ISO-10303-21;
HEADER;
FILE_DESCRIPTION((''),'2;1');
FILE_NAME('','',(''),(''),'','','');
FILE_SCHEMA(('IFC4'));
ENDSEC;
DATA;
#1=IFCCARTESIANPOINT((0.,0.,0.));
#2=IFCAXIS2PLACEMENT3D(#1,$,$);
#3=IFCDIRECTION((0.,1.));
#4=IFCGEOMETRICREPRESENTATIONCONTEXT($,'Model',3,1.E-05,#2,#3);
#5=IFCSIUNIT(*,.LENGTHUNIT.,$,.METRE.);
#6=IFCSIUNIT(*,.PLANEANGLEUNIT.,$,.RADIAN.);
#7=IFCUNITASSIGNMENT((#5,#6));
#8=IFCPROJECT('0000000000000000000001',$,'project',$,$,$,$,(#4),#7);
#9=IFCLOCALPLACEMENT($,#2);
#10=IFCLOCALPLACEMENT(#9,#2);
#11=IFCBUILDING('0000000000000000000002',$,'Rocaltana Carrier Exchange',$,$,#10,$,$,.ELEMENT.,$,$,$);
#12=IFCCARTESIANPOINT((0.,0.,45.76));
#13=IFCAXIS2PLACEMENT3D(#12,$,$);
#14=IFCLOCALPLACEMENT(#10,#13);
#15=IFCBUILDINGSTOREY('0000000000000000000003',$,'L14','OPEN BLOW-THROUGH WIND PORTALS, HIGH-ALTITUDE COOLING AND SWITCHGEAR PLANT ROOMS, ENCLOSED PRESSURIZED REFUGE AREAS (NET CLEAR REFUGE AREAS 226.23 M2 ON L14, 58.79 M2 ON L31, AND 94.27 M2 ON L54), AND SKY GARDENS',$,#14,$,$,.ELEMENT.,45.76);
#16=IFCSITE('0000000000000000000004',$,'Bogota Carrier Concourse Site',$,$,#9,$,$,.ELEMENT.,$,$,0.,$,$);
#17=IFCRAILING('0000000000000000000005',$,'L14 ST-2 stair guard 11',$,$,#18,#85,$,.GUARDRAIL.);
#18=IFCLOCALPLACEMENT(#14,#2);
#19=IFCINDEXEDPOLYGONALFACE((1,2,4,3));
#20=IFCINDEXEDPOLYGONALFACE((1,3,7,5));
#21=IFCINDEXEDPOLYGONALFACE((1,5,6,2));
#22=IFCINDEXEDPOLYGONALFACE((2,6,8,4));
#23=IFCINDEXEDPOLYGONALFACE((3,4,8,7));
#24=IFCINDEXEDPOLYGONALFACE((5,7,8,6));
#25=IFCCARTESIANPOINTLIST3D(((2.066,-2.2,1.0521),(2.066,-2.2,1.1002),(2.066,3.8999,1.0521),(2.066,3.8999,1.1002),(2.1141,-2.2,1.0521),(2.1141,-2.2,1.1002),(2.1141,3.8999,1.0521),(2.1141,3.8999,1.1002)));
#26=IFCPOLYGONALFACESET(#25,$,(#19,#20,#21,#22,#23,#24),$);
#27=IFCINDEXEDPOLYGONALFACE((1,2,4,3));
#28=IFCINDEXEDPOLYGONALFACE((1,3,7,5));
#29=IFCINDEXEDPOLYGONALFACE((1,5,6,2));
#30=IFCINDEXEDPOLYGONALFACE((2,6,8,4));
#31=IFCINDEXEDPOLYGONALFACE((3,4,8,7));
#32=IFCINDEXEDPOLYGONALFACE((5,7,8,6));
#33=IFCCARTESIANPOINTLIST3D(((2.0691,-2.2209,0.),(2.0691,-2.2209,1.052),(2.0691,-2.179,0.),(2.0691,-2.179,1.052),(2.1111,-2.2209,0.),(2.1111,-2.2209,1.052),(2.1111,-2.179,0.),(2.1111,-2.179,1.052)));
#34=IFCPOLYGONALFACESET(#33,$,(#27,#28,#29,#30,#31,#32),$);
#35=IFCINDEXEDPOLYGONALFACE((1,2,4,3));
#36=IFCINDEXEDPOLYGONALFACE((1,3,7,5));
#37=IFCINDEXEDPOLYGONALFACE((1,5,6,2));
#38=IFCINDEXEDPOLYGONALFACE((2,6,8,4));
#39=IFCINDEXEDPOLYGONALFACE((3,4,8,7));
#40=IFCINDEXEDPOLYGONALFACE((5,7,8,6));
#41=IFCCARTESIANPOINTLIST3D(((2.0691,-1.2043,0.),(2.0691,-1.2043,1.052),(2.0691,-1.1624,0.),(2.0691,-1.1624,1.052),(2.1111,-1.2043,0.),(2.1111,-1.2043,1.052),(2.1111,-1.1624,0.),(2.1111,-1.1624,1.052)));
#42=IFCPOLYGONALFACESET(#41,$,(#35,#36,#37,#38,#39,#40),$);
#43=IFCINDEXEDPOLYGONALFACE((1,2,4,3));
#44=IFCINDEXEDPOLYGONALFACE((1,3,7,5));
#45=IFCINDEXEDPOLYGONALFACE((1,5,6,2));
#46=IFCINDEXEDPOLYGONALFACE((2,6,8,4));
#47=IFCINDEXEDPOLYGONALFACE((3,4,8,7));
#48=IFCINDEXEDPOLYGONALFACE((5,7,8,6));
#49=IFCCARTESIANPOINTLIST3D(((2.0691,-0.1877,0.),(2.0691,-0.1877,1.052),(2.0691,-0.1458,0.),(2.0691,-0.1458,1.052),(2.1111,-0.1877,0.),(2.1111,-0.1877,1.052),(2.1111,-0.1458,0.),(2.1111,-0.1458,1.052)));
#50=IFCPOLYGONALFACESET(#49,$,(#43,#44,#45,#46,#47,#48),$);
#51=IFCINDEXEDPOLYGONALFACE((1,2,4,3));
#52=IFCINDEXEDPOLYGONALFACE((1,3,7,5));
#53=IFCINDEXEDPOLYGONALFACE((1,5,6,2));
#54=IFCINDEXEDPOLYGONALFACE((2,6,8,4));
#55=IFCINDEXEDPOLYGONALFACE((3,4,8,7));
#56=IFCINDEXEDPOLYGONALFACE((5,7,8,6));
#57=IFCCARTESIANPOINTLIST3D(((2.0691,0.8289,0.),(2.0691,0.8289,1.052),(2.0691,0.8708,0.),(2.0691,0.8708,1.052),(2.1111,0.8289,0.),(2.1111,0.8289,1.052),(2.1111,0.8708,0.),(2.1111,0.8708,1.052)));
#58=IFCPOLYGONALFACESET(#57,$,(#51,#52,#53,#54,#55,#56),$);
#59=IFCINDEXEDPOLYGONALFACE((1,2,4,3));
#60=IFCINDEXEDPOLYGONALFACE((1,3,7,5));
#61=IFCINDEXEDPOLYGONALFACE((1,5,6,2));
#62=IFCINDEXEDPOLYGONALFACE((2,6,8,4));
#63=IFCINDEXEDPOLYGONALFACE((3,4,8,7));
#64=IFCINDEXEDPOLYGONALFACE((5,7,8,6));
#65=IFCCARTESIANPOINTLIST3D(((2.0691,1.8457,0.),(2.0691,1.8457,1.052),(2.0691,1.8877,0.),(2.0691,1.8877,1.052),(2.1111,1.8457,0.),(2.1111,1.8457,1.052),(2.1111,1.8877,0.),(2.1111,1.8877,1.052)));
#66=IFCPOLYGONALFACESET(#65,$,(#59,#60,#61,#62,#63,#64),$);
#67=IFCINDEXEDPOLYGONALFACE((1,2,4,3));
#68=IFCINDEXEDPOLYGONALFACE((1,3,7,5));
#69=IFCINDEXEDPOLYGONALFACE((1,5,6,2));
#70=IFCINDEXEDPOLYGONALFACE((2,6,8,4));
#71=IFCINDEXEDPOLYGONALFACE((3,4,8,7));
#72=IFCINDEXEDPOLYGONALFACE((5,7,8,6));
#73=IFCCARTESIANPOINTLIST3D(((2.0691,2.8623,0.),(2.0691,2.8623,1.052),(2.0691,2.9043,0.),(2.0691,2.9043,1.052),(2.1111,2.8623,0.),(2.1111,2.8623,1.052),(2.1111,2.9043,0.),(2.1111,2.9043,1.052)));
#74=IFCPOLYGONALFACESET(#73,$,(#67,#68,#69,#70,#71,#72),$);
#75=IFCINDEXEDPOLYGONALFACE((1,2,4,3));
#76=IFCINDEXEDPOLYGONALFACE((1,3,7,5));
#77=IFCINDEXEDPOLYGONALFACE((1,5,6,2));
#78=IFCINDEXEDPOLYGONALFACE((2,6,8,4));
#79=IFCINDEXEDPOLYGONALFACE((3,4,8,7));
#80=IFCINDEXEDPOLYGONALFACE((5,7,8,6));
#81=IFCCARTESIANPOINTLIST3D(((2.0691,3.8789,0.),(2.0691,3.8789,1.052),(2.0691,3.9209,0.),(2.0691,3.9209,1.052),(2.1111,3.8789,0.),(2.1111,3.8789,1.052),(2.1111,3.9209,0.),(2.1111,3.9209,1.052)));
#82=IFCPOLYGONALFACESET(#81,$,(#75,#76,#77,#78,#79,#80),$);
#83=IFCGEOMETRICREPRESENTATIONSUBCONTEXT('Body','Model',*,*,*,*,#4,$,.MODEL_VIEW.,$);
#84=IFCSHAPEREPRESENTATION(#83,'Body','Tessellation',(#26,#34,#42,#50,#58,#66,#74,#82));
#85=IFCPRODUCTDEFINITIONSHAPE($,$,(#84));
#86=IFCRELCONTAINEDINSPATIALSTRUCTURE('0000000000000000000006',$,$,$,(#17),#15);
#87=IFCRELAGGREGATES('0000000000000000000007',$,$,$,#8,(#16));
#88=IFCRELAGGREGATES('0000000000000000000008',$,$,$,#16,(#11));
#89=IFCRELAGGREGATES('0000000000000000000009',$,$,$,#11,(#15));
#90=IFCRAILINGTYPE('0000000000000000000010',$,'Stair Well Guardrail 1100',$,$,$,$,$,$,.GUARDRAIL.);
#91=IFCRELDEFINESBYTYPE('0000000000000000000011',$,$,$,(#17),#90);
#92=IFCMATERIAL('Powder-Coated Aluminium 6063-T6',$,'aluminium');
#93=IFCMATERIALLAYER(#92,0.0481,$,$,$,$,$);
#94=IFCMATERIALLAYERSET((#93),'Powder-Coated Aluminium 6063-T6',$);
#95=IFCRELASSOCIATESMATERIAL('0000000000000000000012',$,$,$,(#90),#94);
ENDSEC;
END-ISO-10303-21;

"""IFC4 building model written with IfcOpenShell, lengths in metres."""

from ifc_helpers import new_model, si_unit, direction, frame, origin, origin_2d, place, context, subcontext, project, spatial, rectangle, extrude, material, layer, layer_set, type_object, element, save


model = new_model("IFC4")

# Units and contexts
model_context = context("Model", 3, precision=1e-05, world=origin(), true_north=direction((0.0, 1.0)))
body_context = subcontext(model_context, "Body", "Model", "MODEL_VIEW")
ifc_project = project(units=[si_unit("LENGTHUNIT", "METRE"), si_unit("PLANEANGLEUNIT", "RADIAN")], contexts=[model_context])

# Site, building, storey
site_placement = place(None, origin())
site = spatial("IfcSite", under=ifc_project, at=site_placement, Name="Bogota Carrier Concourse Site", CompositionType="ELEMENT", RefElevation=0.0)
building_placement = place(site_placement, origin())
building = spatial("IfcBuilding", under=site, at=building_placement, Name="Rocaltana Carrier Exchange", CompositionType="ELEMENT")
storey_placement = place(building_placement, frame((0.0, 0.0, 45.76)))
storey = spatial("IfcBuildingStorey", under=building, at=storey_placement, Name="L14", Description="OPEN BLOW-THROUGH WIND PORTALS, HIGH-ALTITUDE COOLING AND SWITCHGEAR PLANT ROOMS, ENCLOSED PRESSURIZED REFUGE AREAS (NET CLEAR REFUGE AREAS 226.23 M2 ON L14, 58.79 M2 ON L31, AND 94.27 M2 ON L54), AND SKY GARDENS", CompositionType="ELEMENT", Elevation=45.76)

# Railing
ifc_material_1 = material(Name="Powder-Coated Aluminium 6063-T6", Category="aluminium")
ifc_layer_1 = layer(ifc_material_1, 0.0481)
ifc_layer_set_1 = layer_set([ifc_layer_1], Name="Powder-Coated Aluminium 6063-T6")
railing_type_1 = type_object("IfcRailingType", Name="Stair Well Guardrail 1100", PredefinedType="GUARDRAIL", material=ifc_layer_set_1)
for number, where, name in (
    (1, (2.0901, -2.2, 0.0), "L14 ST-2 stair guard 11"),
):
    element("IfcRailing", number, at=place(storey_placement, frame(where)), inside=storey, type_object=railing_type_1, Name=name, PredefinedType="GUARDRAIL", context=body_context, shape_type="SweptSolid", body=[
        extrude(rectangle(XDim=0.0481, YDim=0.0481, at=origin_2d()), frame((0.0, 0.0, 1.0762), z_axis=(0.0, 1.0, 0.0), x_axis=(-1.0, 0.0, 0.0)), (0.0, 0.0, 1.0), 6.0999),
        extrude(rectangle(XDim=0.042, YDim=0.042, at=origin_2d()), origin(), (0.0, 0.0, 1.0), 1.052),
        extrude(rectangle(XDim=0.042, YDim=0.042, at=origin_2d()), frame((0.0, 1.0166, 0.0)), (0.0, 0.0, 1.0), 1.052),
        extrude(rectangle(XDim=0.042, YDim=0.042, at=origin_2d()), frame((0.0, 2.0332, 0.0)), (0.0, 0.0, 1.0), 1.052),
        extrude(rectangle(XDim=0.042, YDim=0.042, at=origin_2d()), frame((0.0, 3.0498, 0.0)), (0.0, 0.0, 1.0), 1.052),
        extrude(rectangle(XDim=0.042, YDim=0.042, at=origin_2d()), frame((0.0, 4.0667, 0.0)), (0.0, 0.0, 1.0), 1.052),
        extrude(rectangle(XDim=0.042, YDim=0.042, at=origin_2d()), frame((0.0, 5.0833, 0.0)), (0.0, 0.0, 1.0), 1.052),
        extrude(rectangle(XDim=0.042, YDim=0.042, at=origin_2d()), frame((0.0, 6.0999, 0.0)), (0.0, 0.0, 1.0), 1.052),
    ])

save(model, "model.ifc")
